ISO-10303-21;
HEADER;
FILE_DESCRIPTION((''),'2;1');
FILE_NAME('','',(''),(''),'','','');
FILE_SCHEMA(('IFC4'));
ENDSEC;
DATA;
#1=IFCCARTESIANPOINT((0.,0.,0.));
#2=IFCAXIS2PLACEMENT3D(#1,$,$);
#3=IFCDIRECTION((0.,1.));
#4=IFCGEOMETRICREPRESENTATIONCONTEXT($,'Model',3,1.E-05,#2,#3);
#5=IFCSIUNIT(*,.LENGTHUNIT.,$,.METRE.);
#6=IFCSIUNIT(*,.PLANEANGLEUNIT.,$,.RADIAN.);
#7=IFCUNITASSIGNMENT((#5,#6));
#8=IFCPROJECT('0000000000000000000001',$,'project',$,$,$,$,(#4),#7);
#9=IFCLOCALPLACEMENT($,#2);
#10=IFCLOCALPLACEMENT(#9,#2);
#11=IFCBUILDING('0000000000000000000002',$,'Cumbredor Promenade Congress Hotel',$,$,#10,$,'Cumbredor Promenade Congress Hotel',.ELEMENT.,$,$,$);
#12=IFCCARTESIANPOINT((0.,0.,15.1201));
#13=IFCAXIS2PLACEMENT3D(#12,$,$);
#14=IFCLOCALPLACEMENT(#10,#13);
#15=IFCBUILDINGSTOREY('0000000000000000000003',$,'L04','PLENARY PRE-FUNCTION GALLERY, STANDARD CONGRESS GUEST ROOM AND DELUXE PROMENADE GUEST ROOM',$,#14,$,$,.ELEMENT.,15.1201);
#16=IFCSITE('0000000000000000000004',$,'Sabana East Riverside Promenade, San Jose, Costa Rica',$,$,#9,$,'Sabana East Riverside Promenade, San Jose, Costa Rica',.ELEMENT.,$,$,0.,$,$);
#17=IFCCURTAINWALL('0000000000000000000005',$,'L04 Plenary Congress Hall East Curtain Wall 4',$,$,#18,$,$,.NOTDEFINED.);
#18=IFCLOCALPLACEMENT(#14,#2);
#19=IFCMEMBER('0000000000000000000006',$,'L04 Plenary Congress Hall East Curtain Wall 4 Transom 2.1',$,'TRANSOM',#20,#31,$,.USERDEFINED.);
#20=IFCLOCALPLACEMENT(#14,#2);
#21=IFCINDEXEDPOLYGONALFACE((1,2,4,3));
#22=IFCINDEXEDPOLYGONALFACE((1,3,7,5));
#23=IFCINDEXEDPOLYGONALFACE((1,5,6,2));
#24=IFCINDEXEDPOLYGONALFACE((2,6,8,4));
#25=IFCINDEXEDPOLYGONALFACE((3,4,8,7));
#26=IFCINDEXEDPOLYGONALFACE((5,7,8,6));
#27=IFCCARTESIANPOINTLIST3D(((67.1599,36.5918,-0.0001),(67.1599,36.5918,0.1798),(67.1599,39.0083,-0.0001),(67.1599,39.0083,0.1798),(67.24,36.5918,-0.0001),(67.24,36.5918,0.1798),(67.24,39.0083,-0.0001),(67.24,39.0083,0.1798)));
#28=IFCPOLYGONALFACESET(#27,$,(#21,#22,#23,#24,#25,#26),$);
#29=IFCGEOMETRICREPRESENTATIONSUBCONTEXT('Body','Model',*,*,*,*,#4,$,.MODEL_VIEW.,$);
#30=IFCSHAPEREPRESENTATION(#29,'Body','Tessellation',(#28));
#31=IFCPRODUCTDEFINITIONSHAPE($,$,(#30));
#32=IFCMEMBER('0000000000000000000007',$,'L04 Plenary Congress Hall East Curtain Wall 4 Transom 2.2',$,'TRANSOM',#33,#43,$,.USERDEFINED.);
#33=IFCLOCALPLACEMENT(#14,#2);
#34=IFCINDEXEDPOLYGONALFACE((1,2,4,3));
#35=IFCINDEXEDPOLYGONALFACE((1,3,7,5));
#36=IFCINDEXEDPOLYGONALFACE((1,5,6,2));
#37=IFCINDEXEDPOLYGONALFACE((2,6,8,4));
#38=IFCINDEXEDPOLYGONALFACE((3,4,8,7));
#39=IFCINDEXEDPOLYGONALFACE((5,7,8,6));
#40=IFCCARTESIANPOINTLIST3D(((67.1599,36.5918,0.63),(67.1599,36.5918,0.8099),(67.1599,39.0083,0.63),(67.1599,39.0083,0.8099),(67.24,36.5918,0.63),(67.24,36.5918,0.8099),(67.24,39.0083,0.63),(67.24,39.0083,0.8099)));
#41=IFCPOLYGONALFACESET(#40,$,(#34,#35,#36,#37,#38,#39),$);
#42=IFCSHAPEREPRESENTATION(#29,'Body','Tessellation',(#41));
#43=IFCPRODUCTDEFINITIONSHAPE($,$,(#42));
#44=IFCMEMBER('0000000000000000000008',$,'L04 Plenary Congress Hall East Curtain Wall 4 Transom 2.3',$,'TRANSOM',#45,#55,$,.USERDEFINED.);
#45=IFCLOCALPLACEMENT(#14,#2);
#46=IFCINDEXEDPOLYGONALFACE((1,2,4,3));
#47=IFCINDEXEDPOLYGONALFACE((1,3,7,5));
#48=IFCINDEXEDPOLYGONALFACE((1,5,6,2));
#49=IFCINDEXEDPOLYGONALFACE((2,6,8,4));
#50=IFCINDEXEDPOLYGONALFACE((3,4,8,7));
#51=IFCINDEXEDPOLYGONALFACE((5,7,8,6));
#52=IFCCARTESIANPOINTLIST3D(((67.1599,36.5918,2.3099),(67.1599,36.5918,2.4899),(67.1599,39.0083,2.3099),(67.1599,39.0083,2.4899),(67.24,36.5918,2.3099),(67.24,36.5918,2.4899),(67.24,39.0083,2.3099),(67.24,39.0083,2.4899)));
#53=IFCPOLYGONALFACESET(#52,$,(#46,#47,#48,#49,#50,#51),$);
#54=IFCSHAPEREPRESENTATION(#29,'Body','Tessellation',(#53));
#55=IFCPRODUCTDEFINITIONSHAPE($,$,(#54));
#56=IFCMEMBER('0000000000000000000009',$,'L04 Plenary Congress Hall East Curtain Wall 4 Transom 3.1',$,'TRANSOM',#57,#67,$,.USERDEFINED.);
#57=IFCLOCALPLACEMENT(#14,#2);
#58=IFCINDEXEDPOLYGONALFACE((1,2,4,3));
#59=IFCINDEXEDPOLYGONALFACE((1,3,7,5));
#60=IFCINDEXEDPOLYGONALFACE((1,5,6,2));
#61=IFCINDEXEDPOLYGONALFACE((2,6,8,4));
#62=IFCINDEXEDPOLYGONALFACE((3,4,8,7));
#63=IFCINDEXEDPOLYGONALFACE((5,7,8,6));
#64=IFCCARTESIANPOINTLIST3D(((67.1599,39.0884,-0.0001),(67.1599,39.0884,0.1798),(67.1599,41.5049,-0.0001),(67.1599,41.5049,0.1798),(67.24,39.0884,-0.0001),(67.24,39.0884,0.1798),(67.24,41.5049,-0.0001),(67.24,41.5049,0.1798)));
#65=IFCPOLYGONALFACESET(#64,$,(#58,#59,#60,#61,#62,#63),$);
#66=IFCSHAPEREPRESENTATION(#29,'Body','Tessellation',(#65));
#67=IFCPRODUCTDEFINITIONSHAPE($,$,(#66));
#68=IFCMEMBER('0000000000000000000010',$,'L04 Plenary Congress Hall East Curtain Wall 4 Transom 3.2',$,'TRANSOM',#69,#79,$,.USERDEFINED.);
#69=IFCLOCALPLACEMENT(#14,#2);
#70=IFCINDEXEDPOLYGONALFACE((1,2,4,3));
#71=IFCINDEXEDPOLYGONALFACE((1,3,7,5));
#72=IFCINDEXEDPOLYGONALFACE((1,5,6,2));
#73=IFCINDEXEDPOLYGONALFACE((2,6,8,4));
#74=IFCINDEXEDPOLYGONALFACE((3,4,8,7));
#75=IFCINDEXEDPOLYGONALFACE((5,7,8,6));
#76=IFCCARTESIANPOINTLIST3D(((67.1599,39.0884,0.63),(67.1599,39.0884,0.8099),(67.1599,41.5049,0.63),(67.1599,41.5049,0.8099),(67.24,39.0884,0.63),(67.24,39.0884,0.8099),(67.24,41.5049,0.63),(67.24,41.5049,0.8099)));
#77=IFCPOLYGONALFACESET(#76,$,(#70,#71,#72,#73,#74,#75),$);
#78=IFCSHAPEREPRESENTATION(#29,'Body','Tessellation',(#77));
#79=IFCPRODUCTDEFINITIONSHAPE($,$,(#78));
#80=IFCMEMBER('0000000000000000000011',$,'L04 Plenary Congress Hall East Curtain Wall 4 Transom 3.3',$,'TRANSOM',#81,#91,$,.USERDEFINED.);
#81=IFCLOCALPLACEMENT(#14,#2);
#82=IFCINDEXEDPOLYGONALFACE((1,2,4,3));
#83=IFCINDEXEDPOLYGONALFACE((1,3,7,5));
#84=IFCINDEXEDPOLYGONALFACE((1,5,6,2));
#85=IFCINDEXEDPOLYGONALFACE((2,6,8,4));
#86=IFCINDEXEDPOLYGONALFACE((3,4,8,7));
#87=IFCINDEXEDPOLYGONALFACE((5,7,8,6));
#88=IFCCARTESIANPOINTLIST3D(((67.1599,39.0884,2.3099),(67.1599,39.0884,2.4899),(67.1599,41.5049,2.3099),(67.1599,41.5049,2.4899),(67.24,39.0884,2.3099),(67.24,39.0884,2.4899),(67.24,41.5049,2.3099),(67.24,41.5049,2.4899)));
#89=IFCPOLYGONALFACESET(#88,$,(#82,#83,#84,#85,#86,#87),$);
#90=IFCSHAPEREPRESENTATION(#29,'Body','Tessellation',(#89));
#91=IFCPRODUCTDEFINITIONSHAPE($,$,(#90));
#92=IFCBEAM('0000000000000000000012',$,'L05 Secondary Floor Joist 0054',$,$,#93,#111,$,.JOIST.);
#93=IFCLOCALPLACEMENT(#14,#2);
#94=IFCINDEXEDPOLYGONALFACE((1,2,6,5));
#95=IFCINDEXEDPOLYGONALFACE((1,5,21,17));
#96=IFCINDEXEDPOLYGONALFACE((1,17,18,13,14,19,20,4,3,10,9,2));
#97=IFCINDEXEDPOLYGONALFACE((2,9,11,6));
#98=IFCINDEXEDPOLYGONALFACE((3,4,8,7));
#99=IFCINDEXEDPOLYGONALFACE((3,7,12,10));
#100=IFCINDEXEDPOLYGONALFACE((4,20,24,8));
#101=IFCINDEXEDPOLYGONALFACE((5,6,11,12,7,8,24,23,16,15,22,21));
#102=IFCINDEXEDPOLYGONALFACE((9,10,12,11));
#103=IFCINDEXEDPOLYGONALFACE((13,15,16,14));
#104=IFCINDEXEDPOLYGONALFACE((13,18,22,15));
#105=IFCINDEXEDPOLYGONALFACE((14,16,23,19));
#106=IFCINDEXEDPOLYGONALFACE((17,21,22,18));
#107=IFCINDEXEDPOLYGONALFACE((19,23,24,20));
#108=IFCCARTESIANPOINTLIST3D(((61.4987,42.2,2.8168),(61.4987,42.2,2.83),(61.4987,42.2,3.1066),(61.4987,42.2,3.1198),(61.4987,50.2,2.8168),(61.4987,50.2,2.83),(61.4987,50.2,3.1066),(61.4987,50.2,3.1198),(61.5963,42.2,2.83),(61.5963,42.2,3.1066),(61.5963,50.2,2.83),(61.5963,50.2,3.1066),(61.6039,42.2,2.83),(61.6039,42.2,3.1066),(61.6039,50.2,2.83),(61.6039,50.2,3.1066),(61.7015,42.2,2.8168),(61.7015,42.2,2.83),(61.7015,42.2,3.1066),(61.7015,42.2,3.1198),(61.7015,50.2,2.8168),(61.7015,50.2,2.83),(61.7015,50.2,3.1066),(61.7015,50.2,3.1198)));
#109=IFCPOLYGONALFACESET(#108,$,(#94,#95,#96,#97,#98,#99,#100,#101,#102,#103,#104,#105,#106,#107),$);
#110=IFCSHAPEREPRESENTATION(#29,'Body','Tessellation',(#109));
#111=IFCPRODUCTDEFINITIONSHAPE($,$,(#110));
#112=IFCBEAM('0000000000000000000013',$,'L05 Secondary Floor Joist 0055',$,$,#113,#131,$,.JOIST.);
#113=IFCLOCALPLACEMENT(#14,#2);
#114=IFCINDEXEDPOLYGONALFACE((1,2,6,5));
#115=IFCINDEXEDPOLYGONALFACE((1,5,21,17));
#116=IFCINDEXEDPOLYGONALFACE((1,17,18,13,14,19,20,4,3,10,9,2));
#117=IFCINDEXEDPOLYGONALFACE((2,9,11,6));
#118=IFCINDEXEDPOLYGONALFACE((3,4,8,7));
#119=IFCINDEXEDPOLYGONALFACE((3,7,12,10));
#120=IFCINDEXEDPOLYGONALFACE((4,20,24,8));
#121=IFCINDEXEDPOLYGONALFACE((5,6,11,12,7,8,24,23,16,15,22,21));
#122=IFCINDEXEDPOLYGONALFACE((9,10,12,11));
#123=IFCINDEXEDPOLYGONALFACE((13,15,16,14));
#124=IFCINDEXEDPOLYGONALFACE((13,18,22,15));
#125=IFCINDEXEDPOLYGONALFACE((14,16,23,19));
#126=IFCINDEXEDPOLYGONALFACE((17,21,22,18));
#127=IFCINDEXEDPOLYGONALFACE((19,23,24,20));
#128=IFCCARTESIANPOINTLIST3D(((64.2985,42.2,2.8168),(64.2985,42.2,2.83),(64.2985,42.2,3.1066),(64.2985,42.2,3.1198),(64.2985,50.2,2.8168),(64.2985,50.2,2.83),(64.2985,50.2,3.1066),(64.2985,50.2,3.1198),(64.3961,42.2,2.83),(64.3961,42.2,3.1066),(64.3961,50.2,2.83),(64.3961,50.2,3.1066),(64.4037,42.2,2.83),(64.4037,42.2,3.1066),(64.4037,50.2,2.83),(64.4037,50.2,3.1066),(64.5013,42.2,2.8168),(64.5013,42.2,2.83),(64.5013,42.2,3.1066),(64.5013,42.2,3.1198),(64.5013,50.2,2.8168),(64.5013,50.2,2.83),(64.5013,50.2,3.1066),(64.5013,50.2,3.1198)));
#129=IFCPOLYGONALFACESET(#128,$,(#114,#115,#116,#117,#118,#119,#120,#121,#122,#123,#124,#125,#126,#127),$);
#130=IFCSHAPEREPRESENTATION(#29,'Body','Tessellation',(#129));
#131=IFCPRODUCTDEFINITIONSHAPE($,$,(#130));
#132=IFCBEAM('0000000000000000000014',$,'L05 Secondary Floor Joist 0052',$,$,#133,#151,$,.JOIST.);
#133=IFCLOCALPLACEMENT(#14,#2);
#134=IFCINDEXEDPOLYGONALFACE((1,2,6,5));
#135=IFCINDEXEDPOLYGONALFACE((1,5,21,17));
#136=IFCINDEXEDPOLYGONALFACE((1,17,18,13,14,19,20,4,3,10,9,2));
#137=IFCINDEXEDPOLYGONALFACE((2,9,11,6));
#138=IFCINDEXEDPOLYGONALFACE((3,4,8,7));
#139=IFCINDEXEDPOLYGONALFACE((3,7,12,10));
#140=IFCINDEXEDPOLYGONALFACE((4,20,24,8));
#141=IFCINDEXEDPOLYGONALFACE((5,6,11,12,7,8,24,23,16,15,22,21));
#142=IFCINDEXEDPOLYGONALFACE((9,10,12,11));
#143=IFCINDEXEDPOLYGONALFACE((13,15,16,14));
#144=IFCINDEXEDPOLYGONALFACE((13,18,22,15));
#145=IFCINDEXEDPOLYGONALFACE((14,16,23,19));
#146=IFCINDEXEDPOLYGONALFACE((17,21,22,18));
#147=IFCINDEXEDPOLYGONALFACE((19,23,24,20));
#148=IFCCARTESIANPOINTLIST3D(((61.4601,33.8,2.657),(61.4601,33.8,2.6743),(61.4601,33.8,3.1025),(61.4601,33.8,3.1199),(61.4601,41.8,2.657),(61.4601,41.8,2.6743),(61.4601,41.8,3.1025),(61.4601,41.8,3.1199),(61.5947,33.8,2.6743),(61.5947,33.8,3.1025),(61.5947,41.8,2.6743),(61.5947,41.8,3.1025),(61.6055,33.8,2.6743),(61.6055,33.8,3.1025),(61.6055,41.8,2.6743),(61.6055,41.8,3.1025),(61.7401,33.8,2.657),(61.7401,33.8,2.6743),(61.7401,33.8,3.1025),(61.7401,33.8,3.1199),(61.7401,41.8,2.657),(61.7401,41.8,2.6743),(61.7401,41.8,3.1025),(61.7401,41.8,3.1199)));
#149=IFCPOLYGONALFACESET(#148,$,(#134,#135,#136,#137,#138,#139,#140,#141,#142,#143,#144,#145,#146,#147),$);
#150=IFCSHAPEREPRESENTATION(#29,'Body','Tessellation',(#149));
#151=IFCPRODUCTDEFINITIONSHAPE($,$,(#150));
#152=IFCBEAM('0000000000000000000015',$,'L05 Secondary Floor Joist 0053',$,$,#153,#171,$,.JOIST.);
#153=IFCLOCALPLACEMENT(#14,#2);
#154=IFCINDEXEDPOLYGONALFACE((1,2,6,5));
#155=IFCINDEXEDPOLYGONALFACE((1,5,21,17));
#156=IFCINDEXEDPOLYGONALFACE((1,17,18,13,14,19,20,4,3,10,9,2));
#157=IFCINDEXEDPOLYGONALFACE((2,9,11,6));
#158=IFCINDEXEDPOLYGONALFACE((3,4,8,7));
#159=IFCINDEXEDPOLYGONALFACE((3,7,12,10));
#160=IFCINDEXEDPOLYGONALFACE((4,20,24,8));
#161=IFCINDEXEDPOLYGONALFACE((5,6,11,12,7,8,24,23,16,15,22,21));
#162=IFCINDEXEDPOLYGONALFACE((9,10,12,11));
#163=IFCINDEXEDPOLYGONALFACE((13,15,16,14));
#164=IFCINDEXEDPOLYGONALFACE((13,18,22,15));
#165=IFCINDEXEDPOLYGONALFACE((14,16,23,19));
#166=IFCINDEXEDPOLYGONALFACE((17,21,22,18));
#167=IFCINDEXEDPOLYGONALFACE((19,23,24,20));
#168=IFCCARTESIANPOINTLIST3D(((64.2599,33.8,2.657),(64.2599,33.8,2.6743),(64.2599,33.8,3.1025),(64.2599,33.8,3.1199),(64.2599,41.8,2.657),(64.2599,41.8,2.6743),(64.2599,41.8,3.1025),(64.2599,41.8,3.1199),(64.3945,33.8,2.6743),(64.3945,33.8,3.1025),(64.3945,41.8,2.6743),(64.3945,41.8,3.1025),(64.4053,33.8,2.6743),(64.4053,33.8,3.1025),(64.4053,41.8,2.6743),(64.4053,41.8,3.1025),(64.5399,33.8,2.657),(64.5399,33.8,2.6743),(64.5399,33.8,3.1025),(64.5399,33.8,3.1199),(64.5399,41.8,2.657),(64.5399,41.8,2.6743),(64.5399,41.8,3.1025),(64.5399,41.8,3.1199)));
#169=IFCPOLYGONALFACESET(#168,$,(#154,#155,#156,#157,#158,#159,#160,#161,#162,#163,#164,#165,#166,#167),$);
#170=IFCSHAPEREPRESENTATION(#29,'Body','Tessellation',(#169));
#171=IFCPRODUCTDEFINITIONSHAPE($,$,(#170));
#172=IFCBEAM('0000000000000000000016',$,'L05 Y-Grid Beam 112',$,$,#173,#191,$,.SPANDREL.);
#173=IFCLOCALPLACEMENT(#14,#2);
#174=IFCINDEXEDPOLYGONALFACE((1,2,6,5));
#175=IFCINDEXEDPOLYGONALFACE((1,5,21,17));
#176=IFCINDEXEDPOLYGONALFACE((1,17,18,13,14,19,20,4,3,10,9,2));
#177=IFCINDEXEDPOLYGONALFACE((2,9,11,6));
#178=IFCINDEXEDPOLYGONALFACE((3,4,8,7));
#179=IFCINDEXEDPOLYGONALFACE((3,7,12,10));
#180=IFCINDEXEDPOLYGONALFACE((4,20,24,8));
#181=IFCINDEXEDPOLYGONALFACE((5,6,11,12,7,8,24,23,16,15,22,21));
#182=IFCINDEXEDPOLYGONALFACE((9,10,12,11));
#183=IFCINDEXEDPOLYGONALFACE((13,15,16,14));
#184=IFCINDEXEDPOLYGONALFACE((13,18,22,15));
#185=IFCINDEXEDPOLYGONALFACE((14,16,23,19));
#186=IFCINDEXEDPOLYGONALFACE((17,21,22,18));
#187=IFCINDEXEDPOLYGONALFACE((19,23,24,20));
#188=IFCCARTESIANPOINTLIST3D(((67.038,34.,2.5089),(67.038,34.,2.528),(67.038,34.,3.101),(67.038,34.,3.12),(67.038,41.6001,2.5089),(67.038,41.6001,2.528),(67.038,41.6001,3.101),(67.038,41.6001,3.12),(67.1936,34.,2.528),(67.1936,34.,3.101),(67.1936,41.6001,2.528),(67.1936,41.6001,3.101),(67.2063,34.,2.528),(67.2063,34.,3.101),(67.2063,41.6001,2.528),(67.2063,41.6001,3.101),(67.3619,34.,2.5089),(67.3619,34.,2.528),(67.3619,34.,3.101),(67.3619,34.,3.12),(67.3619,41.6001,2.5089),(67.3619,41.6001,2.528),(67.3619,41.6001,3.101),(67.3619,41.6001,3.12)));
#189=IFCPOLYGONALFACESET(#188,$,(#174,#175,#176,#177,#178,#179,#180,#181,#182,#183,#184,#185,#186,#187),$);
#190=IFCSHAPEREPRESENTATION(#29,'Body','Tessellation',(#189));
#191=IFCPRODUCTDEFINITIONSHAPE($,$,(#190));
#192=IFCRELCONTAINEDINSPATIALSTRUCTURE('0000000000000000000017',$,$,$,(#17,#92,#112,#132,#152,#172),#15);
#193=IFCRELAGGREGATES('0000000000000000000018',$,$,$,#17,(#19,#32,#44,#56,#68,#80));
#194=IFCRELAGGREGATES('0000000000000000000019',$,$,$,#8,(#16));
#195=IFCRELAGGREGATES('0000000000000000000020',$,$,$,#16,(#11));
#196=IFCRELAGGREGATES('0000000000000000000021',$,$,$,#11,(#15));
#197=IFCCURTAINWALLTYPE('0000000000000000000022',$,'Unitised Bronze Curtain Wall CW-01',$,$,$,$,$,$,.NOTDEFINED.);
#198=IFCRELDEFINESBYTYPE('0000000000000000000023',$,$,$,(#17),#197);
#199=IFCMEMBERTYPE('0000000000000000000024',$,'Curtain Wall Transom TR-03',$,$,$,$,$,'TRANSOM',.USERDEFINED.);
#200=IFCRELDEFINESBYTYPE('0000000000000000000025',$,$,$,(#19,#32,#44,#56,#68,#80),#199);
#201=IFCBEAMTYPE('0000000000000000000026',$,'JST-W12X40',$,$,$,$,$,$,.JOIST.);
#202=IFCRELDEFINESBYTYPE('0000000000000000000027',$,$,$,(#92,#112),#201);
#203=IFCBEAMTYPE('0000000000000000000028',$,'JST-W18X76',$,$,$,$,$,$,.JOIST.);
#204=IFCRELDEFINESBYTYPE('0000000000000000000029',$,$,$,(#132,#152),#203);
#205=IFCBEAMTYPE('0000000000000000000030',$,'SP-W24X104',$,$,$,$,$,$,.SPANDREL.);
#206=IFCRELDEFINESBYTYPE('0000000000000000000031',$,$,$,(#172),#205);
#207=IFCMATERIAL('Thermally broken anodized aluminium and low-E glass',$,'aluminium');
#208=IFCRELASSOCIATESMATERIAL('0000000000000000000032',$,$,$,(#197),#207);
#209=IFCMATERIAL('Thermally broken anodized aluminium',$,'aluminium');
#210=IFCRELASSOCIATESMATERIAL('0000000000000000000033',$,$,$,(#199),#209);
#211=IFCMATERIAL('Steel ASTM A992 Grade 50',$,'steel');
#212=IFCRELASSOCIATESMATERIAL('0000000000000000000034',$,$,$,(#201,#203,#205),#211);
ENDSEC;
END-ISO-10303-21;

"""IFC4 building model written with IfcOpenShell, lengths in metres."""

from ifc_helpers import new_model, si_unit, direction, frame, origin, origin_2d, place, context, subcontext, project, spatial, rectangle, i_section, extrude, material, material_profile, profile_set, type_object, element, aggregate, save


model = new_model("IFC4")

# Units and contexts
model_context = context("Model", 3, precision=1e-05, world=origin(), true_north=direction((0.0, 1.0)))
body_context = subcontext(model_context, "Body", "Model", "MODEL_VIEW")
ifc_project = project(units=[si_unit("LENGTHUNIT", "METRE"), si_unit("PLANEANGLEUNIT", "RADIAN")], contexts=[model_context])

# Site, building, storey
site_placement = place(None, origin())
site = spatial("IfcSite", under=ifc_project, at=site_placement, Name="Sabana East Riverside Promenade, San Jose, Costa Rica", LongName="Sabana East Riverside Promenade, San Jose, Costa Rica", CompositionType="ELEMENT", RefElevation=0.0)
building_placement = place(site_placement, origin())
building = spatial("IfcBuilding", under=site, at=building_placement, Name="Cumbredor Promenade Congress Hotel", LongName="Cumbredor Promenade Congress Hotel", CompositionType="ELEMENT")
storey_placement = place(building_placement, frame((0.0, 0.0, 15.1201)))
storey = spatial("IfcBuildingStorey", under=building, at=storey_placement, Name="L04", Description="PLENARY PRE-FUNCTION GALLERY, STANDARD CONGRESS GUEST ROOM AND DELUXE PROMENADE GUEST ROOM", CompositionType="ELEMENT", Elevation=15.1201)

# Shared definitions
ifc_material_1 = material(Name="Thermally broken anodized aluminium and low-E glass", Category="aluminium")
curtain_wall_type = type_object("IfcCurtainWallType", Name="Unitised Bronze Curtain Wall CW-01", PredefinedType="NOTDEFINED", material=ifc_material_1)
ifc_material_2 = material(Name="Thermally broken anodized aluminium", Category="aluminium")

# Curtain wall
curtain_wall_1_placement = place(storey_placement, origin())
curtain_wall_1 = element("IfcCurtainWall", 1, at=curtain_wall_1_placement, inside=storey, type_object=curtain_wall_type, Name="L04 Plenary Congress Hall East Curtain Wall 4", PredefinedType="NOTDEFINED")

# Members
ifc_material_profile_1 = material_profile(ifc_material_2, rectangle(XDim=0.0801, YDim=0.1799, at=origin_2d()), Name="ALU TRANSOM 80x180")
ifc_profile_set_1 = profile_set([ifc_material_profile_1], Name="Thermally broken anodized aluminium")
member_type_1 = type_object("IfcMemberType", Name="Curtain Wall Transom TR-03", ElementType="TRANSOM", PredefinedType="USERDEFINED", material=ifc_profile_set_1)
member_1_placement = place(storey_placement, frame((67.2, 36.5918, 0.0898), z_axis=(0.0, 1.0, 0.0), x_axis=(-1.0, 0.0, 0.0)))
member_1 = element("IfcMember", 2, at=member_1_placement, type_object=member_type_1, Name="L04 Plenary Congress Hall East Curtain Wall 4 Transom 2.1", ObjectType="TRANSOM", PredefinedType="USERDEFINED", context=body_context, shape_type="SweptSolid", body=[
    extrude(rectangle(XDim=0.0801, YDim=0.1799, at=origin_2d()), origin(), (0.0, 0.0, 1.0), 2.4165),
])
member_2_placement = place(storey_placement, frame((67.2, 36.5918, 0.72), z_axis=(0.0, 1.0, 0.0), x_axis=(-1.0, 0.0, 0.0)))
member_2 = element("IfcMember", 3, at=member_2_placement, type_object=member_type_1, Name="L04 Plenary Congress Hall East Curtain Wall 4 Transom 2.2", ObjectType="TRANSOM", PredefinedType="USERDEFINED", context=body_context, shape_type="SweptSolid", body=[
    extrude(rectangle(XDim=0.0801, YDim=0.1799, at=origin_2d()), origin(), (0.0, 0.0, 1.0), 2.4165),
])
member_3_placement = place(storey_placement, frame((67.2, 36.5918, 2.3999), z_axis=(0.0, 1.0, 0.0), x_axis=(-1.0, 0.0, 0.0)))
member_3 = element("IfcMember", 4, at=member_3_placement, type_object=member_type_1, Name="L04 Plenary Congress Hall East Curtain Wall 4 Transom 2.3", ObjectType="TRANSOM", PredefinedType="USERDEFINED", context=body_context, shape_type="SweptSolid", body=[
    extrude(rectangle(XDim=0.0801, YDim=0.1799, at=origin_2d()), origin(), (0.0, 0.0, 1.0), 2.4165),
])
member_4_placement = place(storey_placement, frame((67.2, 39.0884, 0.0898), z_axis=(0.0, 1.0, 0.0), x_axis=(-1.0, 0.0, 0.0)))
member_4 = element("IfcMember", 5, at=member_4_placement, type_object=member_type_1, Name="L04 Plenary Congress Hall East Curtain Wall 4 Transom 3.1", ObjectType="TRANSOM", PredefinedType="USERDEFINED", context=body_context, shape_type="SweptSolid", body=[
    extrude(rectangle(XDim=0.0801, YDim=0.1799, at=origin_2d()), origin(), (0.0, 0.0, 1.0), 2.4165),
])
member_5_placement = place(storey_placement, frame((67.2, 39.0884, 0.72), z_axis=(0.0, 1.0, 0.0), x_axis=(-1.0, 0.0, 0.0)))
member_5 = element("IfcMember", 6, at=member_5_placement, type_object=member_type_1, Name="L04 Plenary Congress Hall East Curtain Wall 4 Transom 3.2", ObjectType="TRANSOM", PredefinedType="USERDEFINED", context=body_context, shape_type="SweptSolid", body=[
    extrude(rectangle(XDim=0.0801, YDim=0.1799, at=origin_2d()), origin(), (0.0, 0.0, 1.0), 2.4165),
])
member_6_placement = place(storey_placement, frame((67.2, 39.0884, 2.3999), z_axis=(0.0, 1.0, 0.0), x_axis=(-1.0, 0.0, 0.0)))
member_6 = element("IfcMember", 7, at=member_6_placement, type_object=member_type_1, Name="L04 Plenary Congress Hall East Curtain Wall 4 Transom 3.3", ObjectType="TRANSOM", PredefinedType="USERDEFINED", context=body_context, shape_type="SweptSolid", body=[
    extrude(rectangle(XDim=0.0801, YDim=0.1799, at=origin_2d()), origin(), (0.0, 0.0, 1.0), 2.4165),
])

# Beams
ifc_material_3 = material(Name="Steel ASTM A992 Grade 50", Category="steel")
ifc_material_profile_2 = material_profile(ifc_material_3, i_section(OverallWidth=0.2029, OverallDepth=0.303, WebThickness=0.0076, FlangeThickness=0.0132, at=origin_2d()), Name="W12X40")
ifc_profile_set_2 = profile_set([ifc_material_profile_2], Name="Steel ASTM A992 Grade 50")
beam_type_1 = type_object("IfcBeamType", Name="JST-W12X40", PredefinedType="JOIST", material=ifc_profile_set_2)
for number, where, z_axis, x_axis, name in (
    (8, (61.6001, 42.2, 2.9683), (0.0, 1.0, 0.0), (-1.0, 0.0, 0.0), "L05 Secondary Floor Joist 0054"),
    (9, (64.3999, 42.2, 2.9683), (0.0, 1.0, 0.0), (-1.0, 0.0, 0.0), "L05 Secondary Floor Joist 0055"),
):
    element("IfcBeam", number, at=place(storey_placement, frame(where, z_axis=z_axis, x_axis=x_axis)), inside=storey, type_object=beam_type_1, Name=name, PredefinedType="JOIST", context=body_context, shape_type="SweptSolid", body=[
        extrude(i_section(OverallWidth=0.2029, OverallDepth=0.303, WebThickness=0.0076, FlangeThickness=0.0132, at=origin_2d()), origin(), (0.0, 0.0, 1.0), 8.0),
    ])
ifc_material_profile_3 = material_profile(ifc_material_3, i_section(OverallWidth=0.28, OverallDepth=0.4629, WebThickness=0.0107, FlangeThickness=0.0173, at=origin_2d()), Name="W18X76")
ifc_profile_set_3 = profile_set([ifc_material_profile_3], Name="Steel ASTM A992 Grade 50")
beam_type_2 = type_object("IfcBeamType", Name="JST-W18X76", PredefinedType="JOIST", material=ifc_profile_set_3)
for number, where, z_axis, x_axis, name in (
    (10, (61.6001, 33.8, 2.8884), (0.0, 1.0, 0.0), (-1.0, 0.0, 0.0), "L05 Secondary Floor Joist 0052"),
    (11, (64.3999, 33.8, 2.8884), (0.0, 1.0, 0.0), (-1.0, 0.0, 0.0), "L05 Secondary Floor Joist 0053"),
):
    element("IfcBeam", number, at=place(storey_placement, frame(where, z_axis=z_axis, x_axis=x_axis)), inside=storey, type_object=beam_type_2, Name=name, PredefinedType="JOIST", context=body_context, shape_type="SweptSolid", body=[
        extrude(i_section(OverallWidth=0.28, OverallDepth=0.4629, WebThickness=0.0107, FlangeThickness=0.0173, at=origin_2d()), origin(), (0.0, 0.0, 1.0), 8.0),
    ])
ifc_material_profile_4 = material_profile(ifc_material_3, i_section(OverallWidth=0.324, OverallDepth=0.6111, WebThickness=0.0127, FlangeThickness=0.019, at=origin_2d()), Name="W24X104")
ifc_profile_set_4 = profile_set([ifc_material_profile_4], Name="Steel ASTM A992 Grade 50")
beam_type_3 = type_object("IfcBeamType", Name="SP-W24X104", PredefinedType="SPANDREL", material=ifc_profile_set_4)
for number, where, z_axis, x_axis, name in (
    (12, (67.2, 34.0, 2.8145), (0.0, 1.0, 0.0), (-1.0, 0.0, 0.0), "L05 Y-Grid Beam 112"),
):
    element("IfcBeam", number, at=place(storey_placement, frame(where, z_axis=z_axis, x_axis=x_axis)), inside=storey, type_object=beam_type_3, Name=name, PredefinedType="SPANDREL", context=body_context, shape_type="SweptSolid", body=[
        extrude(i_section(OverallWidth=0.324, OverallDepth=0.6111, WebThickness=0.0127, FlangeThickness=0.019, at=origin_2d()), origin(), (0.0, 0.0, 1.0), 7.6001),
    ])

aggregate(curtain_wall_1, [member_1, member_2, member_3, member_4, member_5, member_6])

save(model, "model.ifc")
